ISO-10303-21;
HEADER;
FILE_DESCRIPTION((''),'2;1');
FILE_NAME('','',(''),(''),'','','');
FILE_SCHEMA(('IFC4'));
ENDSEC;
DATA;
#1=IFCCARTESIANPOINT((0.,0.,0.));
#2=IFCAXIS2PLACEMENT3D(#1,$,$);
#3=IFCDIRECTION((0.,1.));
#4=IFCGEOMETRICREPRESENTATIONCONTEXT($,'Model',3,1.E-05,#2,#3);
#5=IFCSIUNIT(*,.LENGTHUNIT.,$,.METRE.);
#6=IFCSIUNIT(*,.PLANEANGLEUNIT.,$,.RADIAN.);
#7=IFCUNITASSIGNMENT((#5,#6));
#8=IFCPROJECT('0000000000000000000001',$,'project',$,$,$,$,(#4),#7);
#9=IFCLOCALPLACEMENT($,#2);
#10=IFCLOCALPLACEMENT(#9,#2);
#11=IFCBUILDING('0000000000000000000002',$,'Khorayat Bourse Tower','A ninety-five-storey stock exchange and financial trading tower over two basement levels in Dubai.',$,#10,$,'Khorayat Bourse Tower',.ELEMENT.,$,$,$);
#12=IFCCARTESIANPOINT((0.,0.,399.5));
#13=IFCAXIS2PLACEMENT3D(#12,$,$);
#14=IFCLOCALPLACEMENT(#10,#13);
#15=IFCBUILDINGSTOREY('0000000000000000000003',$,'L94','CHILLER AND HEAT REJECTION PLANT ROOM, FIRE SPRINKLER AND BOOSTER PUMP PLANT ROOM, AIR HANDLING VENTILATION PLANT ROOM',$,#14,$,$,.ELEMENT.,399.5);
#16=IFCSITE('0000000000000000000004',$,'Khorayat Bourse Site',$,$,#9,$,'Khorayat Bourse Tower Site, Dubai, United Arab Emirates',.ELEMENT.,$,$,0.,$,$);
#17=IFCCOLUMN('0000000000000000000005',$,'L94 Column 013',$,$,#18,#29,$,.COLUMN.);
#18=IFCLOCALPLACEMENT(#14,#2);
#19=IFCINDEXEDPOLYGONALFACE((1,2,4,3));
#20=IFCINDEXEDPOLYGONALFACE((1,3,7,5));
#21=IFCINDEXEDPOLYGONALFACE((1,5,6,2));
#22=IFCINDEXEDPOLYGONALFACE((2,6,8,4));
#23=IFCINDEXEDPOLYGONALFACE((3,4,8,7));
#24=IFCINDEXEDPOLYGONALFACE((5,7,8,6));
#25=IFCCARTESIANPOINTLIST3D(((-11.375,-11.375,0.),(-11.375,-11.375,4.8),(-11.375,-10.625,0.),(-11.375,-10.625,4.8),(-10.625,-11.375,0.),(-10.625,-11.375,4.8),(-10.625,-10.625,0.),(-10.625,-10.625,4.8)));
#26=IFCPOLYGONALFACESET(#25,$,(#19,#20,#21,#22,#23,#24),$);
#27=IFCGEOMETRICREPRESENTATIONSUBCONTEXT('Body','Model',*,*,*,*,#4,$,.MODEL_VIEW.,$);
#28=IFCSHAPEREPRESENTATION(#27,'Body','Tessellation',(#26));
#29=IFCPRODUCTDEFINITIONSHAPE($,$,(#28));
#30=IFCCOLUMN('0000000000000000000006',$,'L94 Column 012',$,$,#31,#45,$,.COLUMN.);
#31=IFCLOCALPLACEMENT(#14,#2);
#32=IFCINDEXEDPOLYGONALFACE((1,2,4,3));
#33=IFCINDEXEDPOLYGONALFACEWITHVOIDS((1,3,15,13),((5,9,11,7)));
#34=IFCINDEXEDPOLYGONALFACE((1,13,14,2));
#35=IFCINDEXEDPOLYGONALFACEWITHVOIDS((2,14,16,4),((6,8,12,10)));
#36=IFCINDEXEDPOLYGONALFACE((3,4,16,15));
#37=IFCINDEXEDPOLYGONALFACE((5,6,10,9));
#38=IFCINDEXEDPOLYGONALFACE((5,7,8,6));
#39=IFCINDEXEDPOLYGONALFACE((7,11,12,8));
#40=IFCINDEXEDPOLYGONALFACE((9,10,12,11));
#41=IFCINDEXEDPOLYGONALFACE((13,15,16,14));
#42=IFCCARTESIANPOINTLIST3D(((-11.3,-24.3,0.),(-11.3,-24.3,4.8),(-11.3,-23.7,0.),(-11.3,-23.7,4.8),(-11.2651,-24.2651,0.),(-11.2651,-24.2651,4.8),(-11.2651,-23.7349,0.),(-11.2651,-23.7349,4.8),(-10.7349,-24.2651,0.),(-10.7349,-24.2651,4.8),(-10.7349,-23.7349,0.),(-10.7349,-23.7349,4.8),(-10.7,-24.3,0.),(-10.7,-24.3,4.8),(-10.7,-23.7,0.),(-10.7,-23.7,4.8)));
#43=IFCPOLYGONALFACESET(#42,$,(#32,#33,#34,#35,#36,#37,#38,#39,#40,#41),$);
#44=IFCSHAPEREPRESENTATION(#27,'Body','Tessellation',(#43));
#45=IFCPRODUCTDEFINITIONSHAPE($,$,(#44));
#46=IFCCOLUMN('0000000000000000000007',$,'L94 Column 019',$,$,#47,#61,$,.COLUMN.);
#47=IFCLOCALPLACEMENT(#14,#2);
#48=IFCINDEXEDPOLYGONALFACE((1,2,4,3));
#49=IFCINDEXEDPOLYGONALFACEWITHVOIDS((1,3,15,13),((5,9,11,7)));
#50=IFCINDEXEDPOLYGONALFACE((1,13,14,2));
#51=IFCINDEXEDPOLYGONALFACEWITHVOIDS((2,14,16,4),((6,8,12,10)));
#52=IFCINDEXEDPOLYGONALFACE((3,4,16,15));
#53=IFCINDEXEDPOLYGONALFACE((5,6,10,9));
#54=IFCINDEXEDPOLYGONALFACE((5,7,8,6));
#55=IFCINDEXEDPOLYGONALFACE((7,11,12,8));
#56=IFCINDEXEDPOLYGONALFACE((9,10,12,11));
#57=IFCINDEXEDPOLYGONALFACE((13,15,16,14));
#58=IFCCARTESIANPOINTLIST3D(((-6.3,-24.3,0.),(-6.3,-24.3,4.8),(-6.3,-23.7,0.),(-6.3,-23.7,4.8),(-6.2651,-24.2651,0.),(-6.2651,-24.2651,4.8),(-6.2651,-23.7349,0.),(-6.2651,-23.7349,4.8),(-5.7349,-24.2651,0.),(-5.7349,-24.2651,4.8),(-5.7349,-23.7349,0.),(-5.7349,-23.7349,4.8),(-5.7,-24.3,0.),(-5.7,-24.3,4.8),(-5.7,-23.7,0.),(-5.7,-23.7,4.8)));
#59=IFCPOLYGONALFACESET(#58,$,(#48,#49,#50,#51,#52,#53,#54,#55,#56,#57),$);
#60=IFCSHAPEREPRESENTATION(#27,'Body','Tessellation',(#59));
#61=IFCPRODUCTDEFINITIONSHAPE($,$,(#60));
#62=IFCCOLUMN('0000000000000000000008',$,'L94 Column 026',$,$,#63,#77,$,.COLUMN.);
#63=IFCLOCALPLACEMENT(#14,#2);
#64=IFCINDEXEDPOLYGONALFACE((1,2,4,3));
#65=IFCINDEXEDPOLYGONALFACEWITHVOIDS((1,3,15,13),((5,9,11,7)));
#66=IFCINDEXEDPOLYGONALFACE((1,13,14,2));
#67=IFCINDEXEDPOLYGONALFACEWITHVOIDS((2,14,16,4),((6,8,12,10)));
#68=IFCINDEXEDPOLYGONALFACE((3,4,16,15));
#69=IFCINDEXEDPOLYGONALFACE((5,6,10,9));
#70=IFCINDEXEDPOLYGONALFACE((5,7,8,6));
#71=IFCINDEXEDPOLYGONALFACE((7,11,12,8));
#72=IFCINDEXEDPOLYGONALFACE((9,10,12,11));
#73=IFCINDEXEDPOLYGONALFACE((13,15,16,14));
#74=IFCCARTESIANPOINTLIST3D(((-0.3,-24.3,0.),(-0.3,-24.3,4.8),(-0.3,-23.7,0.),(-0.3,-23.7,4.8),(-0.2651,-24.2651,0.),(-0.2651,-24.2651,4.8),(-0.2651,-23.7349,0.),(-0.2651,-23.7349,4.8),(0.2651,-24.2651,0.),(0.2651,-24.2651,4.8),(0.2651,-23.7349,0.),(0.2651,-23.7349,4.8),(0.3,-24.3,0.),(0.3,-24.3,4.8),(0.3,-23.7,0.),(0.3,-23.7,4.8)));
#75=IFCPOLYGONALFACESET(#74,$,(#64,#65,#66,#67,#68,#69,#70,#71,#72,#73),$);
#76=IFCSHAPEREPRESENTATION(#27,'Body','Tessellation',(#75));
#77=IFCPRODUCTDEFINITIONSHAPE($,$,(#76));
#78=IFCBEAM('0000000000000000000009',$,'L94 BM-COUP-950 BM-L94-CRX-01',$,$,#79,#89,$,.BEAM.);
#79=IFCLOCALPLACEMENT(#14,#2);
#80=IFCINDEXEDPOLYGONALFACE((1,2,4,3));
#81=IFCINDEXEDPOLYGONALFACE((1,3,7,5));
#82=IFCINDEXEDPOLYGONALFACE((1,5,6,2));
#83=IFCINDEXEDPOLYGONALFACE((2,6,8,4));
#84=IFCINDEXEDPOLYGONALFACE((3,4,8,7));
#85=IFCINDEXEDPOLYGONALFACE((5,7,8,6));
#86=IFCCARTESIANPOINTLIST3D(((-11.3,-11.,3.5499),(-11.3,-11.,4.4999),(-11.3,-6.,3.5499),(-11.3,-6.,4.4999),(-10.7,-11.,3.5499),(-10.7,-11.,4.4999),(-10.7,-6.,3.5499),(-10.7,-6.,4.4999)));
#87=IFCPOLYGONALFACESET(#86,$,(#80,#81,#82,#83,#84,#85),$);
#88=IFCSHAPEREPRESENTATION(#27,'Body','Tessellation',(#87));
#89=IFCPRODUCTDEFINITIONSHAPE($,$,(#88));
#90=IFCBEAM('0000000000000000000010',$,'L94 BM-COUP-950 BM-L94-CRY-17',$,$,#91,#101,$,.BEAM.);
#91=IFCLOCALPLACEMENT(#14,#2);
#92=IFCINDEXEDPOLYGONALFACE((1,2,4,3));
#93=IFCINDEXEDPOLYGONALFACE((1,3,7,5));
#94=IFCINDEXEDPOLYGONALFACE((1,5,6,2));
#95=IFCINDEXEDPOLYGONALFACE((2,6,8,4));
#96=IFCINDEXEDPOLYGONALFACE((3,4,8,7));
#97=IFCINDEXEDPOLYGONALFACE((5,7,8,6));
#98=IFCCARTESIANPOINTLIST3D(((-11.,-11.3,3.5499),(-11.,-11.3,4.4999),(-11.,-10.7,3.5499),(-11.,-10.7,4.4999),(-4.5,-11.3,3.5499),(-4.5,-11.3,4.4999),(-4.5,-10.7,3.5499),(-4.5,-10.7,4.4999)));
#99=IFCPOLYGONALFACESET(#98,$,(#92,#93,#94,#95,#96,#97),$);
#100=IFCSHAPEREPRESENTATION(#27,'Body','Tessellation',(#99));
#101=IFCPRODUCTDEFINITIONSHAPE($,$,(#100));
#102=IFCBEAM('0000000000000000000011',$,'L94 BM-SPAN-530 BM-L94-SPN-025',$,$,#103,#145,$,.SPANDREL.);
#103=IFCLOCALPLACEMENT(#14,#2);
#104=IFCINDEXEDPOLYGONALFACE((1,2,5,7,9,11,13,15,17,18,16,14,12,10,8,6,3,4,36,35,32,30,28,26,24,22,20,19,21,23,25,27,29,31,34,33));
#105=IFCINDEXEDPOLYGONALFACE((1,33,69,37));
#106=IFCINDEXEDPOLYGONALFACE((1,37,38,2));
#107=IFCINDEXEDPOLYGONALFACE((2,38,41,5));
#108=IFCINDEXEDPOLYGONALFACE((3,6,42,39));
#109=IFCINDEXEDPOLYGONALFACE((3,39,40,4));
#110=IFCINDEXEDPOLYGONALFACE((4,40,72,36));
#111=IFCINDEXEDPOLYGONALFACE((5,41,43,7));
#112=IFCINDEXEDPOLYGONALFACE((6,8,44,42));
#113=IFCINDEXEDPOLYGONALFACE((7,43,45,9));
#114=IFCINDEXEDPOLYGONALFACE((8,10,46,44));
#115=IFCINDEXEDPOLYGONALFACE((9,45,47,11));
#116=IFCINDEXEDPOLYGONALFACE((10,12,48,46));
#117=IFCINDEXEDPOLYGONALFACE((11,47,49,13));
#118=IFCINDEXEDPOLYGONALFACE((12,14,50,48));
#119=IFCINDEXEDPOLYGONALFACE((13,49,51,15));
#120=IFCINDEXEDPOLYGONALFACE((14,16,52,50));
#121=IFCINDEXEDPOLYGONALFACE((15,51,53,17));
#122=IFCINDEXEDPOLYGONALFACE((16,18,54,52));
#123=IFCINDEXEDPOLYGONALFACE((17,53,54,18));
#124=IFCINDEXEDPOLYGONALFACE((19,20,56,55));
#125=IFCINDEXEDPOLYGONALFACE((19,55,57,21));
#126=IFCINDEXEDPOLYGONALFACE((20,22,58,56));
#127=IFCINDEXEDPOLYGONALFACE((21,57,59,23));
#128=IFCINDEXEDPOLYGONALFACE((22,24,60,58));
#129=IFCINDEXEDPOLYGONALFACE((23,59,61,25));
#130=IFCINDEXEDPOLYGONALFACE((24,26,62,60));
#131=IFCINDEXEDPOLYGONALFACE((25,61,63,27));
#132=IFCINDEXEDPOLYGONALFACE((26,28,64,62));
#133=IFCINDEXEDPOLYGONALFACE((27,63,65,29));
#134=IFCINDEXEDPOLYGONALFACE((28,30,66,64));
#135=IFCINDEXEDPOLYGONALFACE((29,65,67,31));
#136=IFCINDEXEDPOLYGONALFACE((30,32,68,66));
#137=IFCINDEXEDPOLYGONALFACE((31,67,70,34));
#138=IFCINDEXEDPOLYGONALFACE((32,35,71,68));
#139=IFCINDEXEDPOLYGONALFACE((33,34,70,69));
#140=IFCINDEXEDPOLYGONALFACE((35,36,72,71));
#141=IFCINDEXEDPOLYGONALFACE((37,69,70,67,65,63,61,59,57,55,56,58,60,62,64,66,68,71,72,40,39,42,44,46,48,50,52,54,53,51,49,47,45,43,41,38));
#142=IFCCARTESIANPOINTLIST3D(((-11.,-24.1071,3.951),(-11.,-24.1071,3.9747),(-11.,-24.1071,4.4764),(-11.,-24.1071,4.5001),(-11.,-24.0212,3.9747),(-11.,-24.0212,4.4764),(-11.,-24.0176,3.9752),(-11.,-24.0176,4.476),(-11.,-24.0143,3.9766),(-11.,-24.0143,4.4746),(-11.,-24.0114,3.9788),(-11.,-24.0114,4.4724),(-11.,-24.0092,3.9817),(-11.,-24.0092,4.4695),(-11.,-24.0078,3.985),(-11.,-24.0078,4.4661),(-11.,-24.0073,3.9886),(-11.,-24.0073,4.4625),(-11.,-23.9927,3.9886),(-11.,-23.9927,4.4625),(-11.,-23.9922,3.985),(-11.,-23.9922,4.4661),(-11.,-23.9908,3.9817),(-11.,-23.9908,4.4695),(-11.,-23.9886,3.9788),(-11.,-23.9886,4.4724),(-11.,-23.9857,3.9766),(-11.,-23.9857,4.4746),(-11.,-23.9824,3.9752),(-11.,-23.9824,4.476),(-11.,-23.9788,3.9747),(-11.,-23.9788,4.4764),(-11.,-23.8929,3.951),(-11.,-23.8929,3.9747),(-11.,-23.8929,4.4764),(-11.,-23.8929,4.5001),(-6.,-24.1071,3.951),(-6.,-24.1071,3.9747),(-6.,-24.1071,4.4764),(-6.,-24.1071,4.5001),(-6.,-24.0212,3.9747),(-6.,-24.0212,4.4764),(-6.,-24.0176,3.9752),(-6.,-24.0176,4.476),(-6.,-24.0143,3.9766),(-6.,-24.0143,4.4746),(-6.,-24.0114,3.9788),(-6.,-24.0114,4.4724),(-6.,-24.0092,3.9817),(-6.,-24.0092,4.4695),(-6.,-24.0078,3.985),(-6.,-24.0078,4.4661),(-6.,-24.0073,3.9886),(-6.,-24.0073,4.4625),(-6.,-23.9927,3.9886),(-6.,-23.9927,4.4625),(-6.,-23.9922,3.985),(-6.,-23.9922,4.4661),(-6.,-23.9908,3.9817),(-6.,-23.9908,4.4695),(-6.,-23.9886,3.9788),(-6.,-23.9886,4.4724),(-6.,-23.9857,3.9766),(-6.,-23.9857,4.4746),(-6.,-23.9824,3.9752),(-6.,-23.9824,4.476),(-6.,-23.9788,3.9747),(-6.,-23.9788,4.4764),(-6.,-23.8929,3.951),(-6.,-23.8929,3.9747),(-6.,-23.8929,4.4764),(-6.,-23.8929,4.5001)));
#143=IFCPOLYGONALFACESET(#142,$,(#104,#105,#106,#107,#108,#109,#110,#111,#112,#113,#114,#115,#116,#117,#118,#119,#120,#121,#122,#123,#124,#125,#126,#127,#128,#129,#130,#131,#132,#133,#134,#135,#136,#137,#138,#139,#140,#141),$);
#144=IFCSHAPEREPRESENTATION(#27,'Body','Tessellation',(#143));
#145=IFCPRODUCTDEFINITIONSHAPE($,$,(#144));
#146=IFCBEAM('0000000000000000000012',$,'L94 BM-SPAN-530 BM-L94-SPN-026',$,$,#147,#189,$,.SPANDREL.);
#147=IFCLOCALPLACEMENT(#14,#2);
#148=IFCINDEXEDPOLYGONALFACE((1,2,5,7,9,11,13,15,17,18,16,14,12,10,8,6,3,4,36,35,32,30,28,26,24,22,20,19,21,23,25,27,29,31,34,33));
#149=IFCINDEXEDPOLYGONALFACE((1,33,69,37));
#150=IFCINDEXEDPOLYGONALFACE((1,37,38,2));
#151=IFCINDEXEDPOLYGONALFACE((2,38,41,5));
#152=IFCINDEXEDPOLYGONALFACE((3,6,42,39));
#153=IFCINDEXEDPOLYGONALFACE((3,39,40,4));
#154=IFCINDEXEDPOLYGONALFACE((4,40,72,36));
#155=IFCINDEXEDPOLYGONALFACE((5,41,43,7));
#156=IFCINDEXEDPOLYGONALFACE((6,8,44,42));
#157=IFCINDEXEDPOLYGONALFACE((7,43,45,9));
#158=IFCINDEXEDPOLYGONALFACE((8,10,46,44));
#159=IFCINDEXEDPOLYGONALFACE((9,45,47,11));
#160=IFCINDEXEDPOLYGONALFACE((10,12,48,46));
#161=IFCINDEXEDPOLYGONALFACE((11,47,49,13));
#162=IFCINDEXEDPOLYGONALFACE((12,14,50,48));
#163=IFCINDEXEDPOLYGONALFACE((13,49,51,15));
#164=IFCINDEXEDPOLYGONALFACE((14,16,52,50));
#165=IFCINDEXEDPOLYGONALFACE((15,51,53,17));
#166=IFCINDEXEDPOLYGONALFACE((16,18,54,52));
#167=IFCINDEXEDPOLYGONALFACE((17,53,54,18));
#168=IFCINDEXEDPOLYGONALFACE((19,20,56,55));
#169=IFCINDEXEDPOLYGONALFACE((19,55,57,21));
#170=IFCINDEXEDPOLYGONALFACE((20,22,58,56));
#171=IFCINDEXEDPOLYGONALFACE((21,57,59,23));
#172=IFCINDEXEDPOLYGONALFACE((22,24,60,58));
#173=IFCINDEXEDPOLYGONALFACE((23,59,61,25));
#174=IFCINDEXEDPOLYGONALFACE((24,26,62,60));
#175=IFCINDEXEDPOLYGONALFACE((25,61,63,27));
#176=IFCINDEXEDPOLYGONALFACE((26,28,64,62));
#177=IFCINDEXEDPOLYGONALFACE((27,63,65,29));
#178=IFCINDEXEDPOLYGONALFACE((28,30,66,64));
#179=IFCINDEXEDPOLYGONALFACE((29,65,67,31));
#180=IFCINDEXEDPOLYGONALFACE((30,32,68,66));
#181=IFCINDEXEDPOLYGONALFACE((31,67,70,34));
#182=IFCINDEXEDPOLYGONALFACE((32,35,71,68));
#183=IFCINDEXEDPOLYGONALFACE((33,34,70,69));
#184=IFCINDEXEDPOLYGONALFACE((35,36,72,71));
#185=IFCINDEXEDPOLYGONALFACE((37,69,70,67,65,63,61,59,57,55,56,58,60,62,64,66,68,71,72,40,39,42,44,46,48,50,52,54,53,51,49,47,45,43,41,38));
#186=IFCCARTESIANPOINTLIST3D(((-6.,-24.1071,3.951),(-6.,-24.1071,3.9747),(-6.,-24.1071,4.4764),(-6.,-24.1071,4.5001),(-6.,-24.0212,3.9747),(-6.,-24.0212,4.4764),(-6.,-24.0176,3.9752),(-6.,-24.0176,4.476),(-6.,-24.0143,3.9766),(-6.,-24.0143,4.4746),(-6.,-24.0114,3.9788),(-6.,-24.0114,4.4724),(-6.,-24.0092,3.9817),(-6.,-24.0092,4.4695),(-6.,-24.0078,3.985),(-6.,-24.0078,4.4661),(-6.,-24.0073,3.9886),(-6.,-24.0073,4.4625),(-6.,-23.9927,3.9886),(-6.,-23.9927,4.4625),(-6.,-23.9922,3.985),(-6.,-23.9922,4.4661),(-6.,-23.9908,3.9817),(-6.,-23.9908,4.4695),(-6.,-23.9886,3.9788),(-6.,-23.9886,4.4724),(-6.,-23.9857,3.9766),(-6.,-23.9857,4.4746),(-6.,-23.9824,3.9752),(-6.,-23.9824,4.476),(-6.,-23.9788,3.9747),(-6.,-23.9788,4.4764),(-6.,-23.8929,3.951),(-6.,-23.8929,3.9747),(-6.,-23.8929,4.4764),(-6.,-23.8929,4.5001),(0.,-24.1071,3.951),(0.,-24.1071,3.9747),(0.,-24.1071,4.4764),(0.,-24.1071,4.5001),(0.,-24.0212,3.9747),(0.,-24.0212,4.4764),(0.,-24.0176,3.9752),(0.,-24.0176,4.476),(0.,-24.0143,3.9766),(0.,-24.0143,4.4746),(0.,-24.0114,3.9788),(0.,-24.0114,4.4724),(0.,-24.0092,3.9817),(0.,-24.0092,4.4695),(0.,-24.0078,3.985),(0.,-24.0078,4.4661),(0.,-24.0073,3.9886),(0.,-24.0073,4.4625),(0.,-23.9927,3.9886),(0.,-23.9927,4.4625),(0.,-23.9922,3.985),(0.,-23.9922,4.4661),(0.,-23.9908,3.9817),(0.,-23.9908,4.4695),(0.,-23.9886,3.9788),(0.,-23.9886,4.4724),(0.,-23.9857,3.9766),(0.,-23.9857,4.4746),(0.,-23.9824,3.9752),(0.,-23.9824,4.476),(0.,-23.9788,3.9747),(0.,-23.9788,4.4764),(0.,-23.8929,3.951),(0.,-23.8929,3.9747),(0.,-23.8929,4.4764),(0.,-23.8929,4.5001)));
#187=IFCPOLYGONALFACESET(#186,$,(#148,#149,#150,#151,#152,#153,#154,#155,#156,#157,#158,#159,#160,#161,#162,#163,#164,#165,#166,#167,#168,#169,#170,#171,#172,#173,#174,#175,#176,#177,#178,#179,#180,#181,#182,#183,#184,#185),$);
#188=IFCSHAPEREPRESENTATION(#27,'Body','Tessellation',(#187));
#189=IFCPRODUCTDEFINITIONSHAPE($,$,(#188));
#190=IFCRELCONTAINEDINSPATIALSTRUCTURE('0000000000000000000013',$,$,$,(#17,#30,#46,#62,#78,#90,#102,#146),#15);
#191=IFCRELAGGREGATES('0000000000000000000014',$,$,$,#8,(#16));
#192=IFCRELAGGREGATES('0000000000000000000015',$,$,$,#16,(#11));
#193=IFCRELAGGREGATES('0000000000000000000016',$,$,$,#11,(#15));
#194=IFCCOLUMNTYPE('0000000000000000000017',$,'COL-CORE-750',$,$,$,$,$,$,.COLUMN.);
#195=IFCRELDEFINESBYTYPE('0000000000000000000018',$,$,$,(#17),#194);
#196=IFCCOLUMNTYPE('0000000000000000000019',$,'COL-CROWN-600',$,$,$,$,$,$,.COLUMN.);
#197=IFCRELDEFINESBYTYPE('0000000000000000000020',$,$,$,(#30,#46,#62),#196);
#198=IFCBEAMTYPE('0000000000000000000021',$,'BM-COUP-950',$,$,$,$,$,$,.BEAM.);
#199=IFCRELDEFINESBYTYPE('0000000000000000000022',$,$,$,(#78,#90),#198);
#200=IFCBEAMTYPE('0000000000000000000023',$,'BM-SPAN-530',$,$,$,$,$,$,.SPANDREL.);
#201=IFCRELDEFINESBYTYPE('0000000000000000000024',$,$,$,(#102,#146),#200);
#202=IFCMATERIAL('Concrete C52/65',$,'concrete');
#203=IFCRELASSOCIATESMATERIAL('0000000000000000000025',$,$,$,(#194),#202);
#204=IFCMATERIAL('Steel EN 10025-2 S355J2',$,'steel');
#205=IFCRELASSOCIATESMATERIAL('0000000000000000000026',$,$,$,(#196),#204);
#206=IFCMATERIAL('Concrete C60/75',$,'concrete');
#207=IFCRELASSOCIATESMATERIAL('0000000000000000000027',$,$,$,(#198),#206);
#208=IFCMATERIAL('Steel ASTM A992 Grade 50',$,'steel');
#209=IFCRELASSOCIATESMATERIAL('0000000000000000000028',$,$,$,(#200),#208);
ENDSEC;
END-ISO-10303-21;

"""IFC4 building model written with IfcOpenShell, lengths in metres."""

from ifc_helpers import new_model, si_unit, direction, frame, origin, origin_2d, place, context, subcontext, project, spatial, rectangle, hollow_rectangle, i_section, extrude, source, transform, mapped, material, material_profile, profile_set, type_object, element, save


model = new_model("IFC4")

# Units and contexts
model_context = context("Model", 3, precision=1e-05, world=origin(), true_north=direction((0.0, 1.0)))
body_context = subcontext(model_context, "Body", "Model", "MODEL_VIEW")
ifc_project = project(units=[si_unit("LENGTHUNIT", "METRE"), si_unit("PLANEANGLEUNIT", "RADIAN")], contexts=[model_context])

# Site, building, storey
site_placement = place(None, origin())
site = spatial("IfcSite", under=ifc_project, at=site_placement, Name="Khorayat Bourse Site", LongName="Khorayat Bourse Tower Site, Dubai, United Arab Emirates", CompositionType="ELEMENT", RefElevation=0.0)
building_placement = place(site_placement, origin())
building = spatial("IfcBuilding", under=site, at=building_placement, Name="Khorayat Bourse Tower", Description="A ninety-five-storey stock exchange and financial trading tower over two basement levels in Dubai.", LongName="Khorayat Bourse Tower", CompositionType="ELEMENT")
storey_placement = place(building_placement, frame((0.0, 0.0, 399.5)))
storey = spatial("IfcBuildingStorey", under=building, at=storey_placement, Name="L94", Description="CHILLER AND HEAT REJECTION PLANT ROOM, FIRE SPRINKLER AND BOOSTER PUMP PLANT ROOM, AIR HANDLING VENTILATION PLANT ROOM", CompositionType="ELEMENT", Elevation=399.5)

# Columns
ifc_material_1 = material(Name="Concrete C52/65", Category="concrete")
ifc_material_profile_1 = material_profile(ifc_material_1, rectangle(XDim=0.75, YDim=0.75, at=origin_2d()), Name="RC 750x750")
ifc_profile_set_1 = profile_set([ifc_material_profile_1], Name="Concrete C52/65")
column_type_1 = type_object("IfcColumnType", Name="COL-CORE-750", PredefinedType="COLUMN", material=ifc_profile_set_1)
shared_shape_1 = source(origin(), body_context, "Body", "SweptSolid", [
    extrude(rectangle(XDim=0.75, YDim=0.75, at=origin_2d()), origin(), (0.0, 0.0, 1.0), 4.8),
])
column_placement = place(storey_placement, frame((-11.0, -11.0, 0.0), z_axis=(0.0, 0.0, 1.0), x_axis=(1.0, 0.0, 0.0)))
element("IfcColumn", 1, at=column_placement, inside=storey, type_object=column_type_1, Name="L94 Column 013", PredefinedType="COLUMN", context=body_context, shape_type="MappedRepresentation", body=[
    mapped(shared_shape_1, transform((0.0, 0.0, 0.0), scale=1.0)),
])
ifc_material_2 = material(Name="Steel EN 10025-2 S355J2", Category="steel")
ifc_material_profile_2 = material_profile(ifc_material_2, hollow_rectangle(XDim=0.6001, YDim=0.6001, WallThickness=0.0349, at=origin_2d()), Name="BOX 600x600x35")
ifc_profile_set_2 = profile_set([ifc_material_profile_2], Name="Steel EN 10025-2 S355J2")
column_type_2 = type_object("IfcColumnType", Name="COL-CROWN-600", PredefinedType="COLUMN", material=ifc_profile_set_2)
shared_shape_2 = source(origin(), body_context, "Body", "SweptSolid", [
    extrude(hollow_rectangle(XDim=0.6001, YDim=0.6001, WallThickness=0.0349, at=origin_2d()), origin(), (0.0, 0.0, 1.0), 4.8),
])
for number, where, z_axis, x_axis, name in (
    (2, (-11.0, -24.0, 0.0), (0.0, 0.0, 1.0), (1.0, 0.0, 0.0), "L94 Column 012"),
    (3, (-6.0, -24.0, 0.0), (0.0, 0.0, 1.0), (1.0, 0.0, 0.0), "L94 Column 019"),
    (4, (0.0, -24.0, 0.0), (0.0, 0.0, 1.0), (1.0, 0.0, 0.0), "L94 Column 026"),
):
    element("IfcColumn", number, at=place(storey_placement, frame(where, z_axis=z_axis, x_axis=x_axis)), inside=storey, type_object=column_type_2, Name=name, PredefinedType="COLUMN", context=body_context, shape_type="MappedRepresentation", body=[
        mapped(shared_shape_2, transform((0.0, 0.0, 0.0), scale=1.0)),
    ])

# Beams
ifc_material_3 = material(Name="Concrete C60/75", Category="concrete")
ifc_material_profile_3 = material_profile(ifc_material_3, rectangle(XDim=0.6001, YDim=0.95, at=origin_2d()), Name="RC 600x950")
ifc_profile_set_3 = profile_set([ifc_material_profile_3], Name="Concrete C60/75")
beam_type_1 = type_object("IfcBeamType", Name="BM-COUP-950", PredefinedType="BEAM", material=ifc_profile_set_3)
shared_shape_3 = source(origin(), body_context, "Body", "SweptSolid", [
    extrude(rectangle(XDim=0.6001, YDim=0.95, at=origin_2d()), origin(), (0.0, 0.0, 1.0), 5.0),
])
beam_1_placement = place(storey_placement, frame((-11.0, -11.0, 4.0249), z_axis=(0.0, 1.0, 0.0), x_axis=(-1.0, 0.0, 0.0)))
element("IfcBeam", 5, at=beam_1_placement, inside=storey, type_object=beam_type_1, Name="L94 BM-COUP-950 BM-L94-CRX-01", PredefinedType="BEAM", context=body_context, shape_type="MappedRepresentation", body=[
    mapped(shared_shape_3, transform((0.0, 0.0, 0.0), scale=1.0)),
])
shared_shape_4 = source(origin(), body_context, "Body", "SweptSolid", [
    extrude(rectangle(XDim=0.6001, YDim=0.95, at=origin_2d()), origin(), (0.0, 0.0, 1.0), 6.5),
])
beam_2_placement = place(storey_placement, frame((-11.0, -11.0, 4.0249), z_axis=(1.0, 0.0, 0.0), x_axis=(0.0, 1.0, 0.0)))
element("IfcBeam", 6, at=beam_2_placement, inside=storey, type_object=beam_type_1, Name="L94 BM-COUP-950 BM-L94-CRY-17", PredefinedType="BEAM", context=body_context, shape_type="MappedRepresentation", body=[
    mapped(shared_shape_4, transform((0.0, 0.0, 0.0), scale=1.0)),
])
ifc_material_4 = material(Name="Steel ASTM A992 Grade 50", Category="steel")
ifc_material_profile_4 = material_profile(ifc_material_4, i_section(OverallWidth=0.2141, OverallDepth=0.5491, WebThickness=0.0146, FlangeThickness=0.0237, FilletRadius=0.0139, at=origin_2d()), Name="W530X138")
ifc_profile_set_4 = profile_set([ifc_material_profile_4], Name="Steel ASTM A992 Grade 50")
beam_type_2 = type_object("IfcBeamType", Name="BM-SPAN-530", PredefinedType="SPANDREL", material=ifc_profile_set_4)
shared_shape_5 = source(origin(), body_context, "Body", "SweptSolid", [
    extrude(i_section(OverallWidth=0.2141, OverallDepth=0.5491, WebThickness=0.0146, FlangeThickness=0.0237, FilletRadius=0.0139, at=origin_2d()), origin(), (0.0, 0.0, 1.0), 5.0),
])
beam_3_placement = place(storey_placement, frame((-11.0, -24.0, 4.2256), z_axis=(1.0, 0.0, 0.0), x_axis=(0.0, 1.0, 0.0)))
element("IfcBeam", 7, at=beam_3_placement, inside=storey, type_object=beam_type_2, Name="L94 BM-SPAN-530 BM-L94-SPN-025", PredefinedType="SPANDREL", context=body_context, shape_type="MappedRepresentation", body=[
    mapped(shared_shape_5, transform((0.0, 0.0, 0.0), scale=1.0)),
])
shared_shape_6 = source(origin(), body_context, "Body", "SweptSolid", [
    extrude(i_section(OverallWidth=0.2141, OverallDepth=0.5491, WebThickness=0.0146, FlangeThickness=0.0237, FilletRadius=0.0139, at=origin_2d()), origin(), (0.0, 0.0, 1.0), 6.0),
])
beam_4_placement = place(storey_placement, frame((-6.0, -24.0, 4.2256), z_axis=(1.0, 0.0, 0.0), x_axis=(0.0, 1.0, 0.0)))
element("IfcBeam", 8, at=beam_4_placement, inside=storey, type_object=beam_type_2, Name="L94 BM-SPAN-530 BM-L94-SPN-026", PredefinedType="SPANDREL", context=body_context, shape_type="MappedRepresentation", body=[
    mapped(shared_shape_6, transform((0.0, 0.0, 0.0), scale=1.0)),
])

save(model, "model.ifc")
